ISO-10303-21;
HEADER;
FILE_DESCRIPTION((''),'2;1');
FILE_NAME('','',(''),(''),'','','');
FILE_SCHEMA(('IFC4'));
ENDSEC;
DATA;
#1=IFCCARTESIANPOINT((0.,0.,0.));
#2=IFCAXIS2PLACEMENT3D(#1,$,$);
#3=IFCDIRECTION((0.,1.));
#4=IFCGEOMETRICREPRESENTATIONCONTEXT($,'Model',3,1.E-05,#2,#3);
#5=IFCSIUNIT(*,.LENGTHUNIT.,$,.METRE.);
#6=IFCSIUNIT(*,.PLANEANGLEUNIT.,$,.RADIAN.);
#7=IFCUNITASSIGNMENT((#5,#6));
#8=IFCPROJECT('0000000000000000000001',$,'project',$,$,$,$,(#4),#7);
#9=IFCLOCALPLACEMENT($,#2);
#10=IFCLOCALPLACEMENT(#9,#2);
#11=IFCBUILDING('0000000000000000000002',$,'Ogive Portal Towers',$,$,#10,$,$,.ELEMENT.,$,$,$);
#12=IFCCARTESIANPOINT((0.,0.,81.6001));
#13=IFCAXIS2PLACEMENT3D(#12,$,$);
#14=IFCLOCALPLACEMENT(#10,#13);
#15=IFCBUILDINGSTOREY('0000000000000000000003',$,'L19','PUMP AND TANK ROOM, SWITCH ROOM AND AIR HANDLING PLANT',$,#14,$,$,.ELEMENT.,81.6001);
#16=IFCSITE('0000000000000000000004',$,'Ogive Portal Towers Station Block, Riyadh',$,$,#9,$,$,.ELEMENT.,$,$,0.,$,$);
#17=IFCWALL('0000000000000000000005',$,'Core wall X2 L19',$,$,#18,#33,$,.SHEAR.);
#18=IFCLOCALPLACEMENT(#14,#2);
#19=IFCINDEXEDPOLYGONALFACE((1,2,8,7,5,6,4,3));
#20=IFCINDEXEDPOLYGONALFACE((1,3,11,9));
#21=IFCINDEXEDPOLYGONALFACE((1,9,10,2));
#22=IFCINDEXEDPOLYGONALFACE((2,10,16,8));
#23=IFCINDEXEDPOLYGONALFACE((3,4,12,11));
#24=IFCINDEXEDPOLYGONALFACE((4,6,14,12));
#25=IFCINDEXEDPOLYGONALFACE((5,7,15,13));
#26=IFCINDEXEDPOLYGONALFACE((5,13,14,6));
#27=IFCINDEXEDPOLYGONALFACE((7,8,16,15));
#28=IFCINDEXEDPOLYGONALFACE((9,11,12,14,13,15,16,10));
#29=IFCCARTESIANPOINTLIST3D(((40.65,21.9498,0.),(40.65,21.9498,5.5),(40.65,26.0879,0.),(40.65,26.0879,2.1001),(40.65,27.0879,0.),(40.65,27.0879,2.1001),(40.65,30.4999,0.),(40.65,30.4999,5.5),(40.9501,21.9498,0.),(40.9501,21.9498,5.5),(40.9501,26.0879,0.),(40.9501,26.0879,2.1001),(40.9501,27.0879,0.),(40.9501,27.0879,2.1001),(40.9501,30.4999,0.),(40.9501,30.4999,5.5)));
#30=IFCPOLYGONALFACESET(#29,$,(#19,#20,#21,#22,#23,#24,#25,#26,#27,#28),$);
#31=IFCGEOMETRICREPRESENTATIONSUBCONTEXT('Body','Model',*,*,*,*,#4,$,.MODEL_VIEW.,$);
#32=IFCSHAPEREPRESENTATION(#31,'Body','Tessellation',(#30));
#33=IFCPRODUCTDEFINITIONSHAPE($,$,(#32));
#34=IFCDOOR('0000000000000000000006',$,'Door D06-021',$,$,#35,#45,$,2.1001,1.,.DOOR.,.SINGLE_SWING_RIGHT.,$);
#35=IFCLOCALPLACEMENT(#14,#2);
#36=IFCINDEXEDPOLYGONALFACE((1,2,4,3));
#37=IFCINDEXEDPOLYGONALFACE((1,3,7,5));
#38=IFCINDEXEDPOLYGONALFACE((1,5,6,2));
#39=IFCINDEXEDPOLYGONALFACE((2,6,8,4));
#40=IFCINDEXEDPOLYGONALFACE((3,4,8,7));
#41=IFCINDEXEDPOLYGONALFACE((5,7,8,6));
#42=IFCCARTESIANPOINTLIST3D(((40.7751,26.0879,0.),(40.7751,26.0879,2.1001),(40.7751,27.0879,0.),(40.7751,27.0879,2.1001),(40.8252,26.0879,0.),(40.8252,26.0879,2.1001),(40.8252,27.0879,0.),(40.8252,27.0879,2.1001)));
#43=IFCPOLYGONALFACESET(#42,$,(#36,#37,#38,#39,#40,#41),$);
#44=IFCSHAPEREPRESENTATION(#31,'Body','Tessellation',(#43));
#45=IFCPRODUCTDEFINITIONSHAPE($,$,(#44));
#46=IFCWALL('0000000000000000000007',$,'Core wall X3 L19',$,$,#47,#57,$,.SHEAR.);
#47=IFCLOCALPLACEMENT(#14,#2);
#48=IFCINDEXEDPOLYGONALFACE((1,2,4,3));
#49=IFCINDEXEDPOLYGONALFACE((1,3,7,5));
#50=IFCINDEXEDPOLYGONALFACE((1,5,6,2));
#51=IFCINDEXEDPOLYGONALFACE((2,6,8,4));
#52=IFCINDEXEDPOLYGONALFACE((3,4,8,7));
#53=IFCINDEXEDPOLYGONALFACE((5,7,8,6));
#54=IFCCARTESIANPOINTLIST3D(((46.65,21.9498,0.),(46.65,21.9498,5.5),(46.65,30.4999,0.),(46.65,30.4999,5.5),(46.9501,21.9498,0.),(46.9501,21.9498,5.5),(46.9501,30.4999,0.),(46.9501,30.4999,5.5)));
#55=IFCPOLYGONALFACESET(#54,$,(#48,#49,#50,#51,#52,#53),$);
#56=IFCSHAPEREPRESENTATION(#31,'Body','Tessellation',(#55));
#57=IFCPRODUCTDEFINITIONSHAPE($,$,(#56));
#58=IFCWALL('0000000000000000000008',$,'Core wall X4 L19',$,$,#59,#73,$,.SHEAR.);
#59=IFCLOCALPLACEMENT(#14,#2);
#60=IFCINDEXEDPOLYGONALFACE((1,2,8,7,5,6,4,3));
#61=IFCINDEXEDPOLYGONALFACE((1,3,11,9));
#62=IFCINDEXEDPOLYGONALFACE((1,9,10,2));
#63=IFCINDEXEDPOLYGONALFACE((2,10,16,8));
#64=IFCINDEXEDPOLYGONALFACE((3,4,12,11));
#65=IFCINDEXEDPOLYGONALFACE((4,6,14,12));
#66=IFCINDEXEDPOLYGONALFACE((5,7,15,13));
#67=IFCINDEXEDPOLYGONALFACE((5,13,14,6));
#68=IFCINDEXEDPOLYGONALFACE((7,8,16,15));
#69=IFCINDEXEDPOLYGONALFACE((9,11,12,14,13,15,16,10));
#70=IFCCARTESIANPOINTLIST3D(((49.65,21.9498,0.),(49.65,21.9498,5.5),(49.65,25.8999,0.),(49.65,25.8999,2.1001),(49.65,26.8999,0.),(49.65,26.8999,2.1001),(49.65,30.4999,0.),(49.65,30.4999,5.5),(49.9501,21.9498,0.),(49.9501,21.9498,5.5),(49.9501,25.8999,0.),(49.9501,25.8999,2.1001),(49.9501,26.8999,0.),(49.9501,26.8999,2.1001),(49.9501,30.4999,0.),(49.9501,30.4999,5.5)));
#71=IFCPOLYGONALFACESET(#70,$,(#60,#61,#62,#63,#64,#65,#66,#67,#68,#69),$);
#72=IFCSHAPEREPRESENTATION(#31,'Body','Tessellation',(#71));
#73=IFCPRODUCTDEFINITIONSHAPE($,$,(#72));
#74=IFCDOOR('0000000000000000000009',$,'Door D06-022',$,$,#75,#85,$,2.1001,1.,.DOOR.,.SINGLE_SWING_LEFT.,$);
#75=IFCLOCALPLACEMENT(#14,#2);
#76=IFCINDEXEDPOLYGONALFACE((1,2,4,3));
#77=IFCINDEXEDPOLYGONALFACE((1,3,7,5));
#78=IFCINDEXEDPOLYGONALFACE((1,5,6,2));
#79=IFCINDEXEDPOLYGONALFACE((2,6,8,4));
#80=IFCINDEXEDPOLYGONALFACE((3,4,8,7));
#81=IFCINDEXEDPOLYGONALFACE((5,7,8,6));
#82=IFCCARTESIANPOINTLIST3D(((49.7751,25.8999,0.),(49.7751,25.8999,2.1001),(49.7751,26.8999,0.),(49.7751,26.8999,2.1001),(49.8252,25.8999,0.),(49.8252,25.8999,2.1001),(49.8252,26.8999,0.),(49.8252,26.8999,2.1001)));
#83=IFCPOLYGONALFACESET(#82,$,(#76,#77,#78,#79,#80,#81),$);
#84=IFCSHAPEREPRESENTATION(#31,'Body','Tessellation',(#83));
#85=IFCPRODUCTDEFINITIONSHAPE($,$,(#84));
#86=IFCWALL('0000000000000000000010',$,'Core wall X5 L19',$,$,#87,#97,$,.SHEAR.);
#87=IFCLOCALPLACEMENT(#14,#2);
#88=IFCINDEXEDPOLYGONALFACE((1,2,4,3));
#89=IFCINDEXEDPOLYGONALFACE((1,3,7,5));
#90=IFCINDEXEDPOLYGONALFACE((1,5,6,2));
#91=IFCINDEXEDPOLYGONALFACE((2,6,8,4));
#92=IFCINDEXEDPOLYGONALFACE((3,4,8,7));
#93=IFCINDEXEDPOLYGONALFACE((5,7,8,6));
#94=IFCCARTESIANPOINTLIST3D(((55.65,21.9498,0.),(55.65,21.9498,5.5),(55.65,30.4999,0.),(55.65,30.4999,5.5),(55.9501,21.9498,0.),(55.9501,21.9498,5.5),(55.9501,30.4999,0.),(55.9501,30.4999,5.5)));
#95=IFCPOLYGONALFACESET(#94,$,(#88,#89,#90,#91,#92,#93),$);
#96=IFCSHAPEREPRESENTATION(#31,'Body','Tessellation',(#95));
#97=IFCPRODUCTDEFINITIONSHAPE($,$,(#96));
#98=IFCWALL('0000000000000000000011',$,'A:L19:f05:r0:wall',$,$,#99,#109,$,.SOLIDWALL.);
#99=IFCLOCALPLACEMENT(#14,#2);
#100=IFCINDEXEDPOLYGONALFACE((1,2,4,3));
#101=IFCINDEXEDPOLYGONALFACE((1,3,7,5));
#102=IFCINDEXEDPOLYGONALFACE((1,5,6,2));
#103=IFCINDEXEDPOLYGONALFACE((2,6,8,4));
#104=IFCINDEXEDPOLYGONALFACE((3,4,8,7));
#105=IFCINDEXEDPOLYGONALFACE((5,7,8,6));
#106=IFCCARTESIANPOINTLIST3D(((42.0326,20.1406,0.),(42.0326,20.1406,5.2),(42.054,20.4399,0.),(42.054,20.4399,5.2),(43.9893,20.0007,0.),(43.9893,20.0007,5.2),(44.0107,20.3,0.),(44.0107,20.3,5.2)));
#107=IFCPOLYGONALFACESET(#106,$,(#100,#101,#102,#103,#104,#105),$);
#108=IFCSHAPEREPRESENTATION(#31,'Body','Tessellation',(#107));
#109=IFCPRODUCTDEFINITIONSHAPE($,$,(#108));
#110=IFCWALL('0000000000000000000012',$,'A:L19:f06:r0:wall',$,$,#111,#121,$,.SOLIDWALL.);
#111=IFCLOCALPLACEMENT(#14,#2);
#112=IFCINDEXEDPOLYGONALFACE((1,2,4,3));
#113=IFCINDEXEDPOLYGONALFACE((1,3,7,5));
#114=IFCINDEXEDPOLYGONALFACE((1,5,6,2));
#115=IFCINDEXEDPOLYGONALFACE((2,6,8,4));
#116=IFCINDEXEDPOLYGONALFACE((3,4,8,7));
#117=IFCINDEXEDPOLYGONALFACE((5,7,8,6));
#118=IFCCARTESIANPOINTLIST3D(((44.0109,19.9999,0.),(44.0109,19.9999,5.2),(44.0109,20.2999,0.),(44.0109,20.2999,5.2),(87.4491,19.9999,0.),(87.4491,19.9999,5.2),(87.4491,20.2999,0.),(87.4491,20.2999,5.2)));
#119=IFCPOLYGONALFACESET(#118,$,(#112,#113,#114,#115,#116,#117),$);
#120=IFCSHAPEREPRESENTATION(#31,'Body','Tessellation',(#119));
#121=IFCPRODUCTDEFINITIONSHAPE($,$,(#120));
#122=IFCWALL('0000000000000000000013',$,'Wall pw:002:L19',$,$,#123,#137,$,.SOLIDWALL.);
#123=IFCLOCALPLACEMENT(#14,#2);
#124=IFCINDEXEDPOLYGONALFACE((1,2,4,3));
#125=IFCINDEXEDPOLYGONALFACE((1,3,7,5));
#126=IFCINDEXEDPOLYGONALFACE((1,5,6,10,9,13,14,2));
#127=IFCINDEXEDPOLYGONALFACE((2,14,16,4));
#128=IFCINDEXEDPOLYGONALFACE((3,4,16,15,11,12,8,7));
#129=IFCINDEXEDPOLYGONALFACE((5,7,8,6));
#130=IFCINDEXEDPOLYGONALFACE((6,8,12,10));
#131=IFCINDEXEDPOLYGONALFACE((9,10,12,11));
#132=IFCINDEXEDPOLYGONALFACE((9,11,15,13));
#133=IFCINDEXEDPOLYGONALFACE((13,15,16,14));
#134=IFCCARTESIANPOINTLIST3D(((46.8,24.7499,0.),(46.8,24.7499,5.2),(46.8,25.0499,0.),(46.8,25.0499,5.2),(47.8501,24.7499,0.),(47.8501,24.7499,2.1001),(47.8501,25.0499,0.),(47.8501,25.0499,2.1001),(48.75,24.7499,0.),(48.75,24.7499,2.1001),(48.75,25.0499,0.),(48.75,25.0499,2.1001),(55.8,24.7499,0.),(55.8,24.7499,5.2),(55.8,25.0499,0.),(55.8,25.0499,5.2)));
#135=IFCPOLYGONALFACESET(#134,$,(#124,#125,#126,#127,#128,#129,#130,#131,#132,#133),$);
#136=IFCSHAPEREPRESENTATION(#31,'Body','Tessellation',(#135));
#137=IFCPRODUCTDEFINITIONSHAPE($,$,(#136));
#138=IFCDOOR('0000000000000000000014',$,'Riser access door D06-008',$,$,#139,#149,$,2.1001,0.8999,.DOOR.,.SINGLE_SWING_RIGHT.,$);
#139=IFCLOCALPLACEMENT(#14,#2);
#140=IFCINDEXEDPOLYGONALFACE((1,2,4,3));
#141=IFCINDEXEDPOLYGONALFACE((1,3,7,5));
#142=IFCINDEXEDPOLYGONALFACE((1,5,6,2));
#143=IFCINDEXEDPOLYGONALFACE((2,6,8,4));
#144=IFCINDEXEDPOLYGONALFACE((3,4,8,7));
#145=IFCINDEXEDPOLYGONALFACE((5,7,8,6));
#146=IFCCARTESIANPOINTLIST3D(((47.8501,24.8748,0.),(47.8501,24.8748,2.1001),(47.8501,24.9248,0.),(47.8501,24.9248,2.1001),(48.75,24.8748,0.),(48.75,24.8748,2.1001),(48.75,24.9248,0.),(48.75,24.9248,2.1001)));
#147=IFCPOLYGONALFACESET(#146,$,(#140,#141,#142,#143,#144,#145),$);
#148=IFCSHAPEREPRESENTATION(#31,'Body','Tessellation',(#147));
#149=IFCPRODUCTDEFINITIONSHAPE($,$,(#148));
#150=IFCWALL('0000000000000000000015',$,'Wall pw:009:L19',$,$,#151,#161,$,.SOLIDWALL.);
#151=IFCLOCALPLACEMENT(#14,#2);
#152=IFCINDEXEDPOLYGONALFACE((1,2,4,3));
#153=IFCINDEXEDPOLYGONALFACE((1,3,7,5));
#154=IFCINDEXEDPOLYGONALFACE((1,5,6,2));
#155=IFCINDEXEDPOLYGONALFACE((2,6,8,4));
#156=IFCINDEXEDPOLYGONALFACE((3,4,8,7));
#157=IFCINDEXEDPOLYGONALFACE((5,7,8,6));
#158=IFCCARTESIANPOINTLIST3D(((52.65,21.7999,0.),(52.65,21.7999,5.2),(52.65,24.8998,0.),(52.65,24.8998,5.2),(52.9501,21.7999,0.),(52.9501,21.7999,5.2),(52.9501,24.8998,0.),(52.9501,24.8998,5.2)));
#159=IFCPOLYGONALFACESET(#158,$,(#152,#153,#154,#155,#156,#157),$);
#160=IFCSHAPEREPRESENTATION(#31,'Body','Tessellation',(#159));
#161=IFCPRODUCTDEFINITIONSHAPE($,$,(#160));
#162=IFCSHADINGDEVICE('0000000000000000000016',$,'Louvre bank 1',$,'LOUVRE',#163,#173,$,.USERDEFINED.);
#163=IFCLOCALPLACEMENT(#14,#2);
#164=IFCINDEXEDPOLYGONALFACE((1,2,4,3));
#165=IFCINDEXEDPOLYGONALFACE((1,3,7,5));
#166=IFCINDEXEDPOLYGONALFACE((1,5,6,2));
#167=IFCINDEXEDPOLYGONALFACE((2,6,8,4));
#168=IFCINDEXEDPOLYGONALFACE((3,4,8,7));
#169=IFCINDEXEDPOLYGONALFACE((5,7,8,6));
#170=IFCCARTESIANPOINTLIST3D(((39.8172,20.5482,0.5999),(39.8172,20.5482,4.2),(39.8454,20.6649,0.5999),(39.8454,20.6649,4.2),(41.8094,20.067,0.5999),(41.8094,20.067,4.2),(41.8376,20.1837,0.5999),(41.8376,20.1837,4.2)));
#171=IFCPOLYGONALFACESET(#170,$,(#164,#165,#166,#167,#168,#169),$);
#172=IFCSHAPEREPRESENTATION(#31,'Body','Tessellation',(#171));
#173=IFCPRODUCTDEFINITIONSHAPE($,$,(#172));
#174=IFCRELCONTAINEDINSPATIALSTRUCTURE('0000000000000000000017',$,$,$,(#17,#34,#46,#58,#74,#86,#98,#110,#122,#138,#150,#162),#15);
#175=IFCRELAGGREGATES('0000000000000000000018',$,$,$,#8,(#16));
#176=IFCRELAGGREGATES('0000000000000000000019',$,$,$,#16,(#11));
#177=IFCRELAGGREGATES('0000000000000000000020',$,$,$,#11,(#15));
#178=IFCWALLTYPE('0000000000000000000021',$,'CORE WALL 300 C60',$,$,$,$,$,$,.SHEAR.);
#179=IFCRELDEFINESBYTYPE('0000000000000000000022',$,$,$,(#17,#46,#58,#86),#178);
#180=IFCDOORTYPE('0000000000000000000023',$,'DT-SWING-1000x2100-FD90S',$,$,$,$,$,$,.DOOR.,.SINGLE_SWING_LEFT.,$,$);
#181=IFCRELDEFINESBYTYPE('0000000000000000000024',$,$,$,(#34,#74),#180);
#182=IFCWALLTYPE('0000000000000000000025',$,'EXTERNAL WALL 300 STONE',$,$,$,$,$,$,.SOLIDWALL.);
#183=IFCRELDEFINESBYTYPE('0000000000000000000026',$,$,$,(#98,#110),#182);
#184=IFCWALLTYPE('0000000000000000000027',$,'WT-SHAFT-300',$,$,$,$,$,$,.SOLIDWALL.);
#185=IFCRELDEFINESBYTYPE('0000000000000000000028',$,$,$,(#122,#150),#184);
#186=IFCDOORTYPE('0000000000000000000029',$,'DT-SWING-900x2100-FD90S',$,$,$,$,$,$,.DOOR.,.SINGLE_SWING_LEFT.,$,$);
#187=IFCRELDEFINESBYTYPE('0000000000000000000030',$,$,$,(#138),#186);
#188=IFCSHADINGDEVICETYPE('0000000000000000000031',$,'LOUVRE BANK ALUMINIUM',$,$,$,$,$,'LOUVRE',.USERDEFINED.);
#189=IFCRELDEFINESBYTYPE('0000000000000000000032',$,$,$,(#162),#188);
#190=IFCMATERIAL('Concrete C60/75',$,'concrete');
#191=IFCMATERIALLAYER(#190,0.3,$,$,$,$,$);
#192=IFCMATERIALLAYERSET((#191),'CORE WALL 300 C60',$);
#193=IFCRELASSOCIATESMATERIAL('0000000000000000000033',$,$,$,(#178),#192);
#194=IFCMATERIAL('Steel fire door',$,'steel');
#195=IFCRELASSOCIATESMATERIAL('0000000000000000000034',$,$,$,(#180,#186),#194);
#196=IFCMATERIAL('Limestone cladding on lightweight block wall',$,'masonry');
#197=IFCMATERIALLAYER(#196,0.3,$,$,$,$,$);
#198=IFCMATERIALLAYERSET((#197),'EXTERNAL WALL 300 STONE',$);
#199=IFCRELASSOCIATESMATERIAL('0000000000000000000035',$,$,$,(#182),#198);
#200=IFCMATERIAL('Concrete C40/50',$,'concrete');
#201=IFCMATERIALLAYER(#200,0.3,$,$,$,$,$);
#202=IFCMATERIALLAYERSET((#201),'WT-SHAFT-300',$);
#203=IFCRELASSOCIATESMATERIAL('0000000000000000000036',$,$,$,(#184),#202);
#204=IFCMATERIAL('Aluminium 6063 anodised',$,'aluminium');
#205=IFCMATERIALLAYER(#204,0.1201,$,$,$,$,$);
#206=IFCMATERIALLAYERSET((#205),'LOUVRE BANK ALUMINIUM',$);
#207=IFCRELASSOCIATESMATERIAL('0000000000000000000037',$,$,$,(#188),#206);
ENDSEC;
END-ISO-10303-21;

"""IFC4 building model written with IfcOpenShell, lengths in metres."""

from ifc_helpers import new_model, si_unit, direction, frame, frame_2d, origin, origin_2d, place, context, subcontext, project, spatial, rectangle, extrude, material, layer, layer_set, type_object, element, fill, save


model = new_model("IFC4")

# Units and contexts
model_context = context("Model", 3, precision=1e-05, world=origin(), true_north=direction((0.0, 1.0)))
body_context = subcontext(model_context, "Body", "Model", "MODEL_VIEW")
ifc_project = project(units=[si_unit("LENGTHUNIT", "METRE"), si_unit("PLANEANGLEUNIT", "RADIAN")], contexts=[model_context])

# Site, building, storey
site_placement = place(None, origin())
site = spatial("IfcSite", under=ifc_project, at=site_placement, Name="Ogive Portal Towers Station Block, Riyadh", CompositionType="ELEMENT", RefElevation=0.0)
building_placement = place(site_placement, origin())
building = spatial("IfcBuilding", under=site, at=building_placement, Name="Ogive Portal Towers", CompositionType="ELEMENT")
storey_placement = place(building_placement, frame((0.0, 0.0, 81.6001)))
storey = spatial("IfcBuildingStorey", under=building, at=storey_placement, Name="L19", Description="PUMP AND TANK ROOM, SWITCH ROOM AND AIR HANDLING PLANT", CompositionType="ELEMENT", Elevation=81.6001)

# Wall, opening, door
ifc_material_1 = material(Name="Concrete C60/75", Category="concrete")
ifc_layer_1 = layer(ifc_material_1, 0.3)
ifc_layer_set_1 = layer_set([ifc_layer_1], Name="CORE WALL 300 C60")
wall_type_1 = type_object("IfcWallType", Name="CORE WALL 300 C60", PredefinedType="SHEAR", material=ifc_layer_set_1)
wall_1_placement = place(storey_placement, frame((40.8, 21.95, 0.0), z_axis=(0.0, 0.0, 1.0), x_axis=(0.0, 1.0, 0.0)))
wall_1 = element("IfcWall", 1, at=wall_1_placement, inside=storey, type_object=wall_type_1, Name="Core wall X2 L19", PredefinedType="SHEAR", context=body_context, shape_type="SweptSolid", body=[
    extrude(rectangle(XDim=8.55, YDim=0.3, at=frame_2d((4.2749, 0.0))), origin(), (0.0, 0.0, 1.0), 5.5),
])
opening_1_placement = place(wall_1_placement, frame((4.1379, 0.0, 0.0)))
opening_1 = element("IfcOpeningElement", 2, at=opening_1_placement, cuts=wall_1, PredefinedType="OPENING", context=body_context, shape_type="SweptSolid", body=[
    extrude(rectangle(XDim=1.0, YDim=2.1001, at=frame_2d((0.5, 1.05))), frame((0.0, 0.1602, 0.0), z_axis=(0.0, -1.0, 0.0), x_axis=(1.0, 0.0, 0.0)), (0.0, 0.0, 1.0), 0.3201),
])
ifc_material_2 = material(Name="Steel fire door", Category="steel")
door_type_1 = type_object("IfcDoorType", Name="DT-SWING-1000x2100-FD90S", OperationType="SINGLE_SWING_LEFT", PredefinedType="DOOR", material=ifc_material_2)
door_1_placement = place(opening_1_placement, origin())
door_1 = element("IfcDoor", 3, at=door_1_placement, inside=storey, type_object=door_type_1, Name="Door D06-021", OperationType="SINGLE_SWING_RIGHT", OverallHeight=2.1001, OverallWidth=1.0, PredefinedType="DOOR", context=body_context, shape_type="SweptSolid", body=[
    extrude(rectangle(XDim=1.0, YDim=2.1001, at=frame_2d((0.5, 1.05))), frame((0.0, 0.0249, 0.0), z_axis=(0.0, -1.0, 0.0), x_axis=(1.0, 0.0, 0.0)), (0.0, 0.0, 1.0), 0.05),
])
fill(opening_1, door_1)

# Wall
wall_2_placement = place(storey_placement, frame((46.8, 21.95, 0.0), z_axis=(0.0, 0.0, 1.0), x_axis=(0.0, 1.0, 0.0)))
element("IfcWall", 4, at=wall_2_placement, inside=storey, type_object=wall_type_1, Name="Core wall X3 L19", PredefinedType="SHEAR", context=body_context, shape_type="SweptSolid", body=[
    extrude(rectangle(XDim=8.55, YDim=0.3, at=frame_2d((4.2749, 0.0))), origin(), (0.0, 0.0, 1.0), 5.5),
])

# Wall, opening, door
wall_3_placement = place(storey_placement, frame((49.8, 21.95, 0.0), z_axis=(0.0, 0.0, 1.0), x_axis=(0.0, 1.0, 0.0)))
wall_3 = element("IfcWall", 5, at=wall_3_placement, inside=storey, type_object=wall_type_1, Name="Core wall X4 L19", PredefinedType="SHEAR", context=body_context, shape_type="SweptSolid", body=[
    extrude(rectangle(XDim=8.55, YDim=0.3, at=frame_2d((4.2749, 0.0))), origin(), (0.0, 0.0, 1.0), 5.5),
])
opening_2_placement = place(wall_3_placement, frame((3.95, 0.0, 0.0)))
opening_2 = element("IfcOpeningElement", 6, at=opening_2_placement, cuts=wall_3, PredefinedType="OPENING", context=body_context, shape_type="SweptSolid", body=[
    extrude(rectangle(XDim=1.0, YDim=2.1001, at=frame_2d((0.5, 1.05))), frame((0.0, 0.1602, 0.0), z_axis=(0.0, -1.0, 0.0), x_axis=(1.0, 0.0, 0.0)), (0.0, 0.0, 1.0), 0.3201),
])
door_2_placement = place(opening_2_placement, origin())
door_2 = element("IfcDoor", 7, at=door_2_placement, inside=storey, type_object=door_type_1, Name="Door D06-022", OperationType="SINGLE_SWING_LEFT", OverallHeight=2.1001, OverallWidth=1.0, PredefinedType="DOOR", context=body_context, shape_type="SweptSolid", body=[
    extrude(rectangle(XDim=1.0, YDim=2.1001, at=frame_2d((0.5, 1.05))), frame((0.0, 0.0249, 0.0), z_axis=(0.0, -1.0, 0.0), x_axis=(1.0, 0.0, 0.0)), (0.0, 0.0, 1.0), 0.05),
])
fill(opening_2, door_2)

# Walls
wall_4_placement = place(storey_placement, frame((55.8, 21.95, 0.0), z_axis=(0.0, 0.0, 1.0), x_axis=(0.0, 1.0, 0.0)))
element("IfcWall", 8, at=wall_4_placement, inside=storey, type_object=wall_type_1, Name="Core wall X5 L19", PredefinedType="SHEAR", context=body_context, shape_type="SweptSolid", body=[
    extrude(rectangle(XDim=8.55, YDim=0.3, at=frame_2d((4.2749, 0.0))), origin(), (0.0, 0.0, 1.0), 5.5),
])
ifc_material_3 = material(Name="Limestone cladding on lightweight block wall", Category="masonry")
ifc_layer_2 = layer(ifc_material_3, 0.3)
ifc_layer_set_2 = layer_set([ifc_layer_2], Name="EXTERNAL WALL 300 STONE")
wall_type_2 = type_object("IfcWallType", Name="EXTERNAL WALL 300 STONE", PredefinedType="SOLIDWALL", material=ifc_layer_set_2)
wall_5_placement = place(storey_placement, frame((42.0432, 20.2903, 0.0), z_axis=(0.0, 0.0, 1.0), x_axis=(0.997454, -0.071309, 0.0)))
element("IfcWall", 9, at=wall_5_placement, inside=storey, type_object=wall_type_2, Name="A:L19:f05:r0:wall", PredefinedType="SOLIDWALL", context=body_context, shape_type="SweptSolid", body=[
    extrude(rectangle(XDim=1.9617, YDim=0.3, at=frame_2d((0.981, 0.0))), origin(), (0.0, 0.0, 1.0), 5.2),
])
wall_6_placement = place(storey_placement, frame((44.0107, 20.1499, 0.0), z_axis=(0.0, 0.0, 1.0), x_axis=(1.0, 0.0, 0.0)))
element("IfcWall", 10, at=wall_6_placement, inside=storey, type_object=wall_type_2, Name="A:L19:f06:r0:wall", PredefinedType="SOLIDWALL", context=body_context, shape_type="SweptSolid", body=[
    extrude(rectangle(XDim=43.4382, YDim=0.3, at=frame_2d((21.7192, 0.0))), origin(), (0.0, 0.0, 1.0), 5.2),
])

# Wall, opening, door
ifc_material_4 = material(Name="Concrete C40/50", Category="concrete")
ifc_layer_3 = layer(ifc_material_4, 0.3)
ifc_layer_set_3 = layer_set([ifc_layer_3], Name="WT-SHAFT-300")
wall_type_3 = type_object("IfcWallType", Name="WT-SHAFT-300", PredefinedType="SOLIDWALL", material=ifc_layer_set_3)
wall_7_placement = place(storey_placement, frame((46.8, 24.8999, 0.0), z_axis=(0.0, 0.0, 1.0), x_axis=(1.0, 0.0, 0.0)))
wall_7 = element("IfcWall", 11, at=wall_7_placement, inside=storey, type_object=wall_type_3, Name="Wall pw:002:L19", PredefinedType="SOLIDWALL", context=body_context, shape_type="SweptSolid", body=[
    extrude(rectangle(XDim=9.0, YDim=0.3, at=frame_2d((4.5, 0.0))), origin(), (0.0, 0.0, 1.0), 5.2),
])
opening_3_placement = place(wall_7_placement, frame((1.05, 0.0, 0.0)))
opening_3 = element("IfcOpeningElement", 12, at=opening_3_placement, cuts=wall_7, PredefinedType="OPENING", context=body_context, shape_type="SweptSolid", body=[
    extrude(rectangle(XDim=0.8999, YDim=2.1001, at=frame_2d((0.45, 1.05))), frame((0.0, 0.1602, 0.0), z_axis=(0.0, -1.0, 0.0), x_axis=(1.0, 0.0, 0.0)), (0.0, 0.0, 1.0), 0.3201),
])
door_type_2 = type_object("IfcDoorType", Name="DT-SWING-900x2100-FD90S", OperationType="SINGLE_SWING_LEFT", PredefinedType="DOOR", material=ifc_material_2)
door_3_placement = place(opening_3_placement, origin())
door_3 = element("IfcDoor", 13, at=door_3_placement, inside=storey, type_object=door_type_2, Name="Riser access door D06-008", OperationType="SINGLE_SWING_RIGHT", OverallHeight=2.1001, OverallWidth=0.8999, PredefinedType="DOOR", context=body_context, shape_type="SweptSolid", body=[
    extrude(rectangle(XDim=0.8999, YDim=2.1001, at=frame_2d((0.45, 1.05))), frame((0.0, 0.0249, 0.0), z_axis=(0.0, -1.0, 0.0), x_axis=(1.0, 0.0, 0.0)), (0.0, 0.0, 1.0), 0.05),
])
fill(opening_3, door_3)

# Wall
wall_8_placement = place(storey_placement, frame((52.8, 21.8, 0.0), z_axis=(0.0, 0.0, 1.0), x_axis=(0.0, 1.0, 0.0)))
element("IfcWall", 14, at=wall_8_placement, inside=storey, type_object=wall_type_3, Name="Wall pw:009:L19", PredefinedType="SOLIDWALL", context=body_context, shape_type="SweptSolid", body=[
    extrude(rectangle(XDim=3.0999, YDim=0.3, at=frame_2d((1.5498, 0.0))), origin(), (0.0, 0.0, 1.0), 5.2),
])

# Shading device
ifc_material_5 = material(Name="Aluminium 6063 anodised", Category="aluminium")
ifc_layer_4 = layer(ifc_material_5, 0.1201)
ifc_layer_set_4 = layer_set([ifc_layer_4], Name="LOUVRE BANK ALUMINIUM")
shading_device_type = type_object("IfcShadingDeviceType", Name="LOUVRE BANK ALUMINIUM", ElementType="LOUVRE", PredefinedType="USERDEFINED", material=ifc_layer_set_4)
shading_device_1_placement = place(storey_placement, frame((40.8274, 20.366, 0.5999), z_axis=(0.0, 0.0, 1.0), x_axis=(0.972048, -0.234782, 0.0)))
element("IfcShadingDevice", 15, at=shading_device_1_placement, inside=storey, type_object=shading_device_type, Name="Louvre bank 1", ObjectType="LOUVRE", PredefinedType="USERDEFINED", context=body_context, shape_type="SweptSolid", body=[
    extrude(rectangle(XDim=2.0496, YDim=0.1201, at=origin_2d()), origin(), (0.0, 0.0, 1.0), 3.6001),
])

save(model, "model.ifc")
